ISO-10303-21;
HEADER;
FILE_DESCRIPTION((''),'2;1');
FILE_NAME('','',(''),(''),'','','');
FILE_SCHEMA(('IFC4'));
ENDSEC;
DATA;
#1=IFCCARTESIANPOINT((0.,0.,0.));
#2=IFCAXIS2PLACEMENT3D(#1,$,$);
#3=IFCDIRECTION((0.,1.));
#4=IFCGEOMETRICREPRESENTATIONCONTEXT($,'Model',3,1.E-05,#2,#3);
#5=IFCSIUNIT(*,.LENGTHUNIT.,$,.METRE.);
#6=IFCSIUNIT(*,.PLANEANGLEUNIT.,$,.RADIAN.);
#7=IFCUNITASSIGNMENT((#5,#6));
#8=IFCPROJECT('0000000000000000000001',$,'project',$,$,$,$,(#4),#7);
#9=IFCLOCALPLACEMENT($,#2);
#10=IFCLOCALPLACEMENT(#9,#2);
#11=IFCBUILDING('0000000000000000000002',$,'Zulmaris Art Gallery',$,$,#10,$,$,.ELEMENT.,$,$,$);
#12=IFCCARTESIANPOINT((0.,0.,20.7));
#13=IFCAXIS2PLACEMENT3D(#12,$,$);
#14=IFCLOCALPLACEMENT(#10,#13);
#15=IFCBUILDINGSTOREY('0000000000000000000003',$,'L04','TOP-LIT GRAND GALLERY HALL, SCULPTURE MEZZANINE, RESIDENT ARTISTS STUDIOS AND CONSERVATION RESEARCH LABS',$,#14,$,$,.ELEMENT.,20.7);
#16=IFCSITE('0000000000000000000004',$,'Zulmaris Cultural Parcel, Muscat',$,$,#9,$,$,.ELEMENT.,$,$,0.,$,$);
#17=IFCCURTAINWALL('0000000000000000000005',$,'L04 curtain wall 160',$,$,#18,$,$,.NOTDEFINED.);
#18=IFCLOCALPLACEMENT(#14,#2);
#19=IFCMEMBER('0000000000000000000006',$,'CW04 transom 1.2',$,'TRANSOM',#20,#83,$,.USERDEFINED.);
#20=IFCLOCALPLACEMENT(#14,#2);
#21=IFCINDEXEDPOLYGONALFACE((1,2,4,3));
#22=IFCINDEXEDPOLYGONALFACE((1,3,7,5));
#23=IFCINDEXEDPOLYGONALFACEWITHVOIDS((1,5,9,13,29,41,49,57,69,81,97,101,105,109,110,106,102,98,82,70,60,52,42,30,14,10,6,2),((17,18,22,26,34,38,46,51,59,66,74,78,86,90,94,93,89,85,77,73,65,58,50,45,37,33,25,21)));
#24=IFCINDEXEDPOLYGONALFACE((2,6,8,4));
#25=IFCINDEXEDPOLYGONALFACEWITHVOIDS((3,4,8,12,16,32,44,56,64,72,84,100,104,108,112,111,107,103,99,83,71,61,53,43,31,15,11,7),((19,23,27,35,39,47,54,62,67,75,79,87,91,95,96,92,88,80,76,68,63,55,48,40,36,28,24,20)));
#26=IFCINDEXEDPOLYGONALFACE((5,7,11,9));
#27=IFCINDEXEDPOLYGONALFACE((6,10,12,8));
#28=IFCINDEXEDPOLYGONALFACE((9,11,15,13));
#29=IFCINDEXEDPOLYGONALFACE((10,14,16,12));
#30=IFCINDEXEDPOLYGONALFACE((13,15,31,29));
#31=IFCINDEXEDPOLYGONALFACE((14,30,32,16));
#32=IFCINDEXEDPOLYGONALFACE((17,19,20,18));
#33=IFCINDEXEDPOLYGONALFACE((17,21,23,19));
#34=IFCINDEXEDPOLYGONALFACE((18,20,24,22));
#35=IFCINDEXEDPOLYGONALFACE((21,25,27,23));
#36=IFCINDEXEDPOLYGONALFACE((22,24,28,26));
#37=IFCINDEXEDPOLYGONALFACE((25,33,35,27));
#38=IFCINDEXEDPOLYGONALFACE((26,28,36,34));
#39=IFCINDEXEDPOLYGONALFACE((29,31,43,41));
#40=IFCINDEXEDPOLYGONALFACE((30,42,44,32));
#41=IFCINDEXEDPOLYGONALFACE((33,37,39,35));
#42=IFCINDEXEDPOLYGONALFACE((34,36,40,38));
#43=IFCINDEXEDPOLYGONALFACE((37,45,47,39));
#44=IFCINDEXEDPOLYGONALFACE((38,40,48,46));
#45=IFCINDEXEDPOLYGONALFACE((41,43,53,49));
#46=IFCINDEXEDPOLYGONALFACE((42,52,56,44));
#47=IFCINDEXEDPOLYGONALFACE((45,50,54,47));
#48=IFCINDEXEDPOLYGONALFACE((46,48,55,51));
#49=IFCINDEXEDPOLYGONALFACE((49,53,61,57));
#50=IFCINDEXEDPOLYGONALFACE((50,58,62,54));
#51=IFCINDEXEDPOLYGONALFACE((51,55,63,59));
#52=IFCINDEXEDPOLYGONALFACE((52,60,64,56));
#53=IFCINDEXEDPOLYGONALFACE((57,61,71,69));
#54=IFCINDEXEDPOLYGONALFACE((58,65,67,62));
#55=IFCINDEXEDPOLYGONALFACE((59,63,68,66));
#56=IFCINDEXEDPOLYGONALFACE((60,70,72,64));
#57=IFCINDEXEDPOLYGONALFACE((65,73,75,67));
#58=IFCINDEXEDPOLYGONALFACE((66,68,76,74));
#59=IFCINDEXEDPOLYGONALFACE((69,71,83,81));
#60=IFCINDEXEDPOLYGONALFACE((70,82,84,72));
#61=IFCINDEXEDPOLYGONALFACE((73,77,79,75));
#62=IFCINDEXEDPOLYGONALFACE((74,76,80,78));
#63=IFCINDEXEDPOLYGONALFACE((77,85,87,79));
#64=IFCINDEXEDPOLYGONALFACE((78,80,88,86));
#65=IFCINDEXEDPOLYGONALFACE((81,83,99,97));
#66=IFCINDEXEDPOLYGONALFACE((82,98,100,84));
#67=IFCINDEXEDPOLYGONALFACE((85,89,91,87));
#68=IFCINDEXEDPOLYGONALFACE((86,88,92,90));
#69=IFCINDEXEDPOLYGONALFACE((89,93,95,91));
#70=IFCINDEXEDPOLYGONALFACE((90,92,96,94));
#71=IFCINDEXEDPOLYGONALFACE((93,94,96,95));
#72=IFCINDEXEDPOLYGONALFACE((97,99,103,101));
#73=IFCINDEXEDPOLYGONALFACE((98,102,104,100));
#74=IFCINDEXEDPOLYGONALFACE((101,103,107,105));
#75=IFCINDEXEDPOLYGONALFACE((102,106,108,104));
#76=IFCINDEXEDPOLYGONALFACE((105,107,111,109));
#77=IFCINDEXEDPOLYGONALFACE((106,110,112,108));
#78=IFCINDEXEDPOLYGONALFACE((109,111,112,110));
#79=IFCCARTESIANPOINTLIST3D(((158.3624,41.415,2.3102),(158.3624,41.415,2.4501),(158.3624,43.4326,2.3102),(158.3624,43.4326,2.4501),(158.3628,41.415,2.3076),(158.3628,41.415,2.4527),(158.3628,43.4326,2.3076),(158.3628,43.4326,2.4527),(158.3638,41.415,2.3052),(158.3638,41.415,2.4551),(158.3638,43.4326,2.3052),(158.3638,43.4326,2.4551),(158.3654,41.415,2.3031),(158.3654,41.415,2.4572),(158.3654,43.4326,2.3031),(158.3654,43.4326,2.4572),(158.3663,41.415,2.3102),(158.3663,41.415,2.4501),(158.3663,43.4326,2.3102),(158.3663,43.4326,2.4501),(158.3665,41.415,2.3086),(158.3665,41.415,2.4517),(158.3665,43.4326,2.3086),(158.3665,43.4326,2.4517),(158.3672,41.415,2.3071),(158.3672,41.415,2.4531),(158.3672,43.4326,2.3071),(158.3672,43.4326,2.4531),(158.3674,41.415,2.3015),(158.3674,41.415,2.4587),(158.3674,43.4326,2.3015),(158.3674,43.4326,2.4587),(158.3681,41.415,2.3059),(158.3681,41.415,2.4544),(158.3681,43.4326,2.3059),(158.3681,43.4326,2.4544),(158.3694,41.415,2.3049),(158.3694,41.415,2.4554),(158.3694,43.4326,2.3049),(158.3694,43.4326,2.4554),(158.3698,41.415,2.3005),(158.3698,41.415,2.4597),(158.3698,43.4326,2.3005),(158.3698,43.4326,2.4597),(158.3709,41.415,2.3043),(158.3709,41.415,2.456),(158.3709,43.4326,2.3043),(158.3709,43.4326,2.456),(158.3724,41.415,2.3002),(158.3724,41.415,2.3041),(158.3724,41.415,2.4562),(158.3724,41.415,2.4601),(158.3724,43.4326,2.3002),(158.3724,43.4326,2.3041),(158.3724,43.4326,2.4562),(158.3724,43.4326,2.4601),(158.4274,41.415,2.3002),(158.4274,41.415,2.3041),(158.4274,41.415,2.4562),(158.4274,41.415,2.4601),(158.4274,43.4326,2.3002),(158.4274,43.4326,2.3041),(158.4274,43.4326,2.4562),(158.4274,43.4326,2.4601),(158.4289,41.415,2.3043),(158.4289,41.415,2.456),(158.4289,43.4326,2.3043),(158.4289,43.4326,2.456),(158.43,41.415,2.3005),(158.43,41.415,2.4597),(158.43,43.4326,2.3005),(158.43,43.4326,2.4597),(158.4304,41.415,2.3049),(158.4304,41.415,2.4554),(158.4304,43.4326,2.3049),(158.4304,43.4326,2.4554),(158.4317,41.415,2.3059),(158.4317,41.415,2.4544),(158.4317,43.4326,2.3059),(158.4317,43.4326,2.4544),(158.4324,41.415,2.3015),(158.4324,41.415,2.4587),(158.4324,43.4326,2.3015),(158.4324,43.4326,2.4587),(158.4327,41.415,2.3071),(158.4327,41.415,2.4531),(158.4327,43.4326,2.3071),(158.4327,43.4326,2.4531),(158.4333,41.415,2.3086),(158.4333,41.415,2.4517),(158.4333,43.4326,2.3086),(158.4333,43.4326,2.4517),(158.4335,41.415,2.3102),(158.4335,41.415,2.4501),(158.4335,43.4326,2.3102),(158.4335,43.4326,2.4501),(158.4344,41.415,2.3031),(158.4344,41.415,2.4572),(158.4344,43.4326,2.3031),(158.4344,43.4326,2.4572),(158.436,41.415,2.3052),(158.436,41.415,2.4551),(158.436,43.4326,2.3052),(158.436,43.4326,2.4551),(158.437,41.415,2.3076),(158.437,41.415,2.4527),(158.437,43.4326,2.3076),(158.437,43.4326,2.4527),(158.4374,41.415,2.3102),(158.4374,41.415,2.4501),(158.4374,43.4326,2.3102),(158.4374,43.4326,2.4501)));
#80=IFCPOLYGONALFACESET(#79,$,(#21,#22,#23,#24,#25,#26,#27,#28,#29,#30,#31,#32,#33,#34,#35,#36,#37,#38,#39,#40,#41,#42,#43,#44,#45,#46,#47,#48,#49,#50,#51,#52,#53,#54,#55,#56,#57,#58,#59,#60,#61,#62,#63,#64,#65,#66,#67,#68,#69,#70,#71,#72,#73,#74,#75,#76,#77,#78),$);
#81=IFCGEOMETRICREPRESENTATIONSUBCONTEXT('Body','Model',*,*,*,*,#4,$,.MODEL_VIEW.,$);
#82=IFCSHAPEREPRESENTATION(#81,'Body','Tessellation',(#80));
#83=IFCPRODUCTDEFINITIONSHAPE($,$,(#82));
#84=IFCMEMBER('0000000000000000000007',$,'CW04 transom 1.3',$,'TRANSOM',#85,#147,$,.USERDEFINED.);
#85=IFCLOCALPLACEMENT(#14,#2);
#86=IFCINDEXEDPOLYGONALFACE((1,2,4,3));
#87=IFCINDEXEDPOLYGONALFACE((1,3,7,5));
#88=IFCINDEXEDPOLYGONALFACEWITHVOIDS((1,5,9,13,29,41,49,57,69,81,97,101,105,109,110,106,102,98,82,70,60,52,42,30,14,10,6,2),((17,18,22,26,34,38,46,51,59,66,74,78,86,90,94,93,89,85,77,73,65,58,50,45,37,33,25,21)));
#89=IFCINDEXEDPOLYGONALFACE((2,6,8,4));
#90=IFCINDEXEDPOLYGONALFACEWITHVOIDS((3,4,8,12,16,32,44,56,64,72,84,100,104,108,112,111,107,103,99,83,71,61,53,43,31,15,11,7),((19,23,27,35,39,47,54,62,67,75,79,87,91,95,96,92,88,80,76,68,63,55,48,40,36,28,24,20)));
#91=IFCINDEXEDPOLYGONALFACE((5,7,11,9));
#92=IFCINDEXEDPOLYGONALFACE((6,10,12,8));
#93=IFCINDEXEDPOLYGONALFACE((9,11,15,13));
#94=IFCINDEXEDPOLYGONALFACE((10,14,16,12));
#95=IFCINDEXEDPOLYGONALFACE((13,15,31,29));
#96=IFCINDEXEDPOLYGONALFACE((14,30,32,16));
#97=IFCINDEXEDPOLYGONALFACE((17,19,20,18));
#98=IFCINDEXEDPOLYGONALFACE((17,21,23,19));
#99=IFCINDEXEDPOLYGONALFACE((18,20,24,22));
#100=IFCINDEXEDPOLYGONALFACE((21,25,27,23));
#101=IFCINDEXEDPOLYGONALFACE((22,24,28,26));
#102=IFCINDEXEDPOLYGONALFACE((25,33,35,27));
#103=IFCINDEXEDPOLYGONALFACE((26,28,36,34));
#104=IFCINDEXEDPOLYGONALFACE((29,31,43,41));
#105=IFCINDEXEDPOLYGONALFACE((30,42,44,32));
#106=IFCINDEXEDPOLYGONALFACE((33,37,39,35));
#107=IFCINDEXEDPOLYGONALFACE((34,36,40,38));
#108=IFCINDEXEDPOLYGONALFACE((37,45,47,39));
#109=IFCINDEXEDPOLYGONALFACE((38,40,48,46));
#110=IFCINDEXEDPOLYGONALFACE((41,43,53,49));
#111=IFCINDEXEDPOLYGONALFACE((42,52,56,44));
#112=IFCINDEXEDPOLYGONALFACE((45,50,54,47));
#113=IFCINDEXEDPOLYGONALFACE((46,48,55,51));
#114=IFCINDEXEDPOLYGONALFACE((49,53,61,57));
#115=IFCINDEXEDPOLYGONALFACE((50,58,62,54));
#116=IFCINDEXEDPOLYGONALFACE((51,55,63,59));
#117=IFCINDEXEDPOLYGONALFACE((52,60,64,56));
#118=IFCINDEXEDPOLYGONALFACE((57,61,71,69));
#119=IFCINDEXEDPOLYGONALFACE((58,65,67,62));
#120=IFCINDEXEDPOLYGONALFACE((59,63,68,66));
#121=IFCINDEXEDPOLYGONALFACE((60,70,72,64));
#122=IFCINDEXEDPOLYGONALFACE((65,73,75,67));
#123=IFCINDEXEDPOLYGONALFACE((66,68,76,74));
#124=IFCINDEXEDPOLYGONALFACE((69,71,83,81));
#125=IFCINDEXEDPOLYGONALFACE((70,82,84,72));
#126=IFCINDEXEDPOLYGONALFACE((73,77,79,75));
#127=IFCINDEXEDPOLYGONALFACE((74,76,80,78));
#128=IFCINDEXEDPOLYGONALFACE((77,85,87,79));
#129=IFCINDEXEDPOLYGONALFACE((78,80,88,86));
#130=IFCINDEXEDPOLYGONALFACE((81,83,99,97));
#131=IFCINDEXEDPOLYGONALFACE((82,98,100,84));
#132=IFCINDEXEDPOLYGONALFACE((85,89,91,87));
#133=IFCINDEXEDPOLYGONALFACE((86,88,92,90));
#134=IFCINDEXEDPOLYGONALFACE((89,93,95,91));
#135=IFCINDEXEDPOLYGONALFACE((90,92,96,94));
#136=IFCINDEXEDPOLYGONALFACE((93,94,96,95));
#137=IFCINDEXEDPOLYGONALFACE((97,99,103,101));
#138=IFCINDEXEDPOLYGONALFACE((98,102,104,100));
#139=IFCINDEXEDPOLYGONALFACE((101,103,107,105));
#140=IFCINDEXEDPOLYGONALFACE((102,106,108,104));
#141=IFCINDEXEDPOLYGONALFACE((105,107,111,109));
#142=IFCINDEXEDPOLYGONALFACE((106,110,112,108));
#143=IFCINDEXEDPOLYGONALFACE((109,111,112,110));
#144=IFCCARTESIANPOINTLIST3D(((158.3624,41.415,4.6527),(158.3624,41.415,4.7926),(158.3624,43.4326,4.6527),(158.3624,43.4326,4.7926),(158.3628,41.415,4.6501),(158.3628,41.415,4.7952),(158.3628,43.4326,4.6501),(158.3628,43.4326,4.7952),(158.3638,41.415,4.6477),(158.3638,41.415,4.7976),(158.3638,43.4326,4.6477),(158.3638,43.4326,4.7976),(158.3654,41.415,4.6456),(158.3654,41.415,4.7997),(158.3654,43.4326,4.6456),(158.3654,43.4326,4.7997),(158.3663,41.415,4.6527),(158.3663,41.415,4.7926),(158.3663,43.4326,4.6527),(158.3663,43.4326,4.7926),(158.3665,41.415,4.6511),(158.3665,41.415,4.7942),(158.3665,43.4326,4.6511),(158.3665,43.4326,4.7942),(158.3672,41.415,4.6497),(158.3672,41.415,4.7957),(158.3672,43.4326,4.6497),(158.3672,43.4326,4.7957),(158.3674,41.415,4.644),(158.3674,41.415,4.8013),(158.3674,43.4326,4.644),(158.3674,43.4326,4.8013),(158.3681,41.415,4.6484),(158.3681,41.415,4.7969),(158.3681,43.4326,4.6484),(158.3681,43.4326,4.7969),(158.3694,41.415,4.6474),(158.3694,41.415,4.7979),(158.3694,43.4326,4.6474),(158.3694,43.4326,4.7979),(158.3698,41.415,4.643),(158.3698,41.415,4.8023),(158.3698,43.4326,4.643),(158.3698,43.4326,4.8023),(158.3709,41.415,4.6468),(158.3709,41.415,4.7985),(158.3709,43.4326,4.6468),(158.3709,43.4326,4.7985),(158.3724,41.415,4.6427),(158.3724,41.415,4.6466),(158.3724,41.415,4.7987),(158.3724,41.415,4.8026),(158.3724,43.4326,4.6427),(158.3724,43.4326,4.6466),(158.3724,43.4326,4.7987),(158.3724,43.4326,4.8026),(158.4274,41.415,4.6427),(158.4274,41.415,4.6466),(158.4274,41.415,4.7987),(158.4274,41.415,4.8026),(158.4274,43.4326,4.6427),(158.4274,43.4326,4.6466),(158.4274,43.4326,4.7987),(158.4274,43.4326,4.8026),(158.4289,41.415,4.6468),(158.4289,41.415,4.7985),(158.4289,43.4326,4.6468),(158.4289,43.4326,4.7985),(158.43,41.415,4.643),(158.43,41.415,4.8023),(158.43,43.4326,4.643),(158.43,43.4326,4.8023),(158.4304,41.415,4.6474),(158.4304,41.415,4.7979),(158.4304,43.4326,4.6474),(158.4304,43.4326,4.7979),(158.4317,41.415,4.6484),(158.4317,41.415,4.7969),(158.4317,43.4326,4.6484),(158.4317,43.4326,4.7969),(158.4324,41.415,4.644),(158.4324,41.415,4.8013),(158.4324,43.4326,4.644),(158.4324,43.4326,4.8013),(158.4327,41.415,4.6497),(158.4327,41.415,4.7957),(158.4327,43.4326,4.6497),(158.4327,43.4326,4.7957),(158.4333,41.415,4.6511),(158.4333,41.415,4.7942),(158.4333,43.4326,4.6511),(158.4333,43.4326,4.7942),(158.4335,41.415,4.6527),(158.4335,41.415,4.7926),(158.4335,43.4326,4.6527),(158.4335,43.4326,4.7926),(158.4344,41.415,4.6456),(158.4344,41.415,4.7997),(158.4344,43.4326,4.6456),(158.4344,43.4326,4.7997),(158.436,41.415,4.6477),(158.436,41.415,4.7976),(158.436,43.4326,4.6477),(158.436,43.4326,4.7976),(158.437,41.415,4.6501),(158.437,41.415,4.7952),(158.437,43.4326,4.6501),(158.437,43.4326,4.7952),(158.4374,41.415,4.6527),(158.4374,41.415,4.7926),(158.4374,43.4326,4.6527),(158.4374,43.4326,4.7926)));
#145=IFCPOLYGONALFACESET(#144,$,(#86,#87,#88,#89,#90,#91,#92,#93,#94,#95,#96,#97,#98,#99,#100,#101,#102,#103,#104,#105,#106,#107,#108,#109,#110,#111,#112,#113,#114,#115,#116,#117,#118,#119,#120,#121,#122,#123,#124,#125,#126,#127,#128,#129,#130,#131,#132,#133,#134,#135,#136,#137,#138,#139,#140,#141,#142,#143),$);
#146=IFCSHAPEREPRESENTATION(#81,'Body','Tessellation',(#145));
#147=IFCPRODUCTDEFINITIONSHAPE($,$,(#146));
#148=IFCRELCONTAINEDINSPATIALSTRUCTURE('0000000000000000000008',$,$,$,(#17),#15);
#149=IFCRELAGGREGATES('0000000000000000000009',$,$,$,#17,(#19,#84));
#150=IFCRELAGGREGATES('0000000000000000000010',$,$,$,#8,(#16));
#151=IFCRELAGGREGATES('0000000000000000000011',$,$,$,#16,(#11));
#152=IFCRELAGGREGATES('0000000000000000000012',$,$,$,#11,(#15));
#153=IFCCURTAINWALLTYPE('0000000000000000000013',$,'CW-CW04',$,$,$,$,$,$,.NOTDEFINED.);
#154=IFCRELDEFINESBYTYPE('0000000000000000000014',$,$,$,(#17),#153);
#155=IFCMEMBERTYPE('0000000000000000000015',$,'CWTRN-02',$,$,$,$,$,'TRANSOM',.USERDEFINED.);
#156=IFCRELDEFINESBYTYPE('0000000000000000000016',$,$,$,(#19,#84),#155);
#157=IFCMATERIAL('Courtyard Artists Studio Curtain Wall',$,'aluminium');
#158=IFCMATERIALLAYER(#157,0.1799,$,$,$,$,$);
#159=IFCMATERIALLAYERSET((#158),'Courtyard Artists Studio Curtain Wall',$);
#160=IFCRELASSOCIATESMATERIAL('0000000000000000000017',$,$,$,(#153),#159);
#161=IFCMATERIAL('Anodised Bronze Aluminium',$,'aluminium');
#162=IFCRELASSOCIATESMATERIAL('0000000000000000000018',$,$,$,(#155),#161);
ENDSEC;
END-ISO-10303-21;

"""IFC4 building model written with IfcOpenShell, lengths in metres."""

from ifc_helpers import new_model, si_unit, direction, frame, origin, origin_2d, place, context, subcontext, project, spatial, hollow_rectangle, extrude, material, layer, layer_set, material_profile, profile_set, type_object, element, aggregate, save


model = new_model("IFC4")

# Units and contexts
model_context = context("Model", 3, precision=1e-05, world=origin(), true_north=direction((0.0, 1.0)))
body_context = subcontext(model_context, "Body", "Model", "MODEL_VIEW")
ifc_project = project(units=[si_unit("LENGTHUNIT", "METRE"), si_unit("PLANEANGLEUNIT", "RADIAN")], contexts=[model_context])

# Site, building, storey
site_placement = place(None, origin())
site = spatial("IfcSite", under=ifc_project, at=site_placement, Name="Zulmaris Cultural Parcel, Muscat", CompositionType="ELEMENT", RefElevation=0.0)
building_placement = place(site_placement, origin())
building = spatial("IfcBuilding", under=site, at=building_placement, Name="Zulmaris Art Gallery", CompositionType="ELEMENT")
storey_placement = place(building_placement, frame((0.0, 0.0, 20.7)))
storey = spatial("IfcBuildingStorey", under=building, at=storey_placement, Name="L04", Description="TOP-LIT GRAND GALLERY HALL, SCULPTURE MEZZANINE, RESIDENT ARTISTS STUDIOS AND CONSERVATION RESEARCH LABS", CompositionType="ELEMENT", Elevation=20.7)

# Curtain wall
ifc_material_1 = material(Name="Courtyard Artists Studio Curtain Wall", Category="aluminium")
ifc_layer_1 = layer(ifc_material_1, 0.1799)
ifc_layer_set_1 = layer_set([ifc_layer_1], Name="Courtyard Artists Studio Curtain Wall")
curtain_wall_type = type_object("IfcCurtainWallType", Name="CW-CW04", PredefinedType="NOTDEFINED", material=ifc_layer_set_1)
ifc_material_2 = material(Name="Anodised Bronze Aluminium", Category="aluminium")
curtain_wall_1_placement = place(storey_placement, origin())
curtain_wall_1 = element("IfcCurtainWall", 1, at=curtain_wall_1_placement, inside=storey, type_object=curtain_wall_type, Name="L04 curtain wall 160", PredefinedType="NOTDEFINED")

# Members
ifc_material_profile_1 = material_profile(ifc_material_2, hollow_rectangle(XDim=0.075, YDim=0.1599, WallThickness=0.0039, InnerFilletRadius=0.0061, OuterFilletRadius=0.01, at=origin_2d()), Name="ALU 75x160x4")
ifc_profile_set_1 = profile_set([ifc_material_profile_1], Name="Anodised Bronze Aluminium")
member_type_1 = type_object("IfcMemberType", Name="CWTRN-02", ElementType="TRANSOM", PredefinedType="USERDEFINED", material=ifc_profile_set_1)
member_1_placement = place(storey_placement, frame((158.3999, 41.415, 2.3801), z_axis=(0.0, 1.0, 0.0), x_axis=(-1.0, 0.0, 0.0)))
member_1 = element("IfcMember", 2, at=member_1_placement, type_object=member_type_1, Name="CW04 transom 1.2", ObjectType="TRANSOM", PredefinedType="USERDEFINED", context=body_context, shape_type="SweptSolid", body=[
    extrude(hollow_rectangle(XDim=0.075, YDim=0.1599, WallThickness=0.0039, InnerFilletRadius=0.0061, OuterFilletRadius=0.01, at=origin_2d()), origin(), (0.0, 0.0, 1.0), 2.0176),
])
member_2_placement = place(storey_placement, frame((158.3999, 41.415, 4.7227), z_axis=(0.0, 1.0, 0.0), x_axis=(-1.0, 0.0, 0.0)))
member_2 = element("IfcMember", 3, at=member_2_placement, type_object=member_type_1, Name="CW04 transom 1.3", ObjectType="TRANSOM", PredefinedType="USERDEFINED", context=body_context, shape_type="SweptSolid", body=[
    extrude(hollow_rectangle(XDim=0.075, YDim=0.1599, WallThickness=0.0039, InnerFilletRadius=0.0061, OuterFilletRadius=0.01, at=origin_2d()), origin(), (0.0, 0.0, 1.0), 2.0176),
])

aggregate(curtain_wall_1, [member_1, member_2])

save(model, "model.ifc")
